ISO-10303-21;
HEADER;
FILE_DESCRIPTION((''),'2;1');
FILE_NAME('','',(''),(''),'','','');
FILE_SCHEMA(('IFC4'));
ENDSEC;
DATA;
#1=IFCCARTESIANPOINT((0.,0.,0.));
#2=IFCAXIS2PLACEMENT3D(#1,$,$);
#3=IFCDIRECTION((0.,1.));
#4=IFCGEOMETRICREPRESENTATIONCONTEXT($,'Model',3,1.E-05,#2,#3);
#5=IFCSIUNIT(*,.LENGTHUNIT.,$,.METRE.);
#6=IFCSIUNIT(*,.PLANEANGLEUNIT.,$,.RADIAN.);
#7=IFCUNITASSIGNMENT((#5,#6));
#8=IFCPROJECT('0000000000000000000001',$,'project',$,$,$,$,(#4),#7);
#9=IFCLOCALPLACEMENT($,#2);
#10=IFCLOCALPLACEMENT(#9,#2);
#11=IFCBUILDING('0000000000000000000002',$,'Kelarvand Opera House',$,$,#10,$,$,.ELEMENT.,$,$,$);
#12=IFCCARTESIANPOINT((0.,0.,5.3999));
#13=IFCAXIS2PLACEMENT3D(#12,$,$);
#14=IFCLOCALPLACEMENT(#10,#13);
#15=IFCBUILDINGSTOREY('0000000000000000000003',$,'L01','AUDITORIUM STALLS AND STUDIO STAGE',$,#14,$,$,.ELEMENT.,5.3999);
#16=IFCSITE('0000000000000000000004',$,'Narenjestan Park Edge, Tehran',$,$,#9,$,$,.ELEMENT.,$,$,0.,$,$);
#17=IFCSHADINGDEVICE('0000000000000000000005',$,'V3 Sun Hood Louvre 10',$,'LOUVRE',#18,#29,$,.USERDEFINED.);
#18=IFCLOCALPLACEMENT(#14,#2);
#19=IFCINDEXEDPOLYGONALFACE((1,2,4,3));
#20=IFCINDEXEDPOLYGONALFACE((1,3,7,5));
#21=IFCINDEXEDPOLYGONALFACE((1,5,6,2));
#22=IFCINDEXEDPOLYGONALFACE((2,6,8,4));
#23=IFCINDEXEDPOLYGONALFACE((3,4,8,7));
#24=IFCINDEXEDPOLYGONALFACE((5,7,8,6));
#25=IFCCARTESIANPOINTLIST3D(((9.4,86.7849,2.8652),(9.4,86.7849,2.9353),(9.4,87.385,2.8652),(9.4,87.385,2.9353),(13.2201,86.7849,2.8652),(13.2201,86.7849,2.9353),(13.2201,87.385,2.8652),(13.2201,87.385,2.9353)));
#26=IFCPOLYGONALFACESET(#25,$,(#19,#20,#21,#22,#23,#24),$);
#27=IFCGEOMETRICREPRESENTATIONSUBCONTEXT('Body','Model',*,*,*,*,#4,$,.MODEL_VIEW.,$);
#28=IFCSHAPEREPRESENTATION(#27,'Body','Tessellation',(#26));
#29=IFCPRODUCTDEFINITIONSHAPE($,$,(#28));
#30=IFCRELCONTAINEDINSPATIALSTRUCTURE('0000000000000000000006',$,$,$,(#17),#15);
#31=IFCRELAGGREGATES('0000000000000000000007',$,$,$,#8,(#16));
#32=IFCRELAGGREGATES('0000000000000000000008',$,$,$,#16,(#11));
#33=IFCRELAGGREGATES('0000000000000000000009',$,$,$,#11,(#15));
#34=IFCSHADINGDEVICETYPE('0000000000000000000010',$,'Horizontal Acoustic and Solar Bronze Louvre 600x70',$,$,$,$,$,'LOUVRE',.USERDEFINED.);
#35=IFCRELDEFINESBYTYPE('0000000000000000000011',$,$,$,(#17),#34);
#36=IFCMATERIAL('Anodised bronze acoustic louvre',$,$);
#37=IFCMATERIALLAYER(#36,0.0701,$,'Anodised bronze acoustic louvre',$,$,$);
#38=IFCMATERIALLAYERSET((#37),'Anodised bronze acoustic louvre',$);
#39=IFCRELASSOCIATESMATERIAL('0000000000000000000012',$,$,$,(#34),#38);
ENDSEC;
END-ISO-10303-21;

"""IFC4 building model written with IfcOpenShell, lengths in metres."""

from ifc_helpers import new_model, si_unit, direction, frame, origin, origin_2d, place, context, subcontext, project, spatial, rectangle, extrude, material, layer, layer_set, type_object, element, save


model = new_model("IFC4")

# Units and contexts
model_context = context("Model", 3, precision=1e-05, world=origin(), true_north=direction((0.0, 1.0)))
body_context = subcontext(model_context, "Body", "Model", "MODEL_VIEW")
ifc_project = project(units=[si_unit("LENGTHUNIT", "METRE"), si_unit("PLANEANGLEUNIT", "RADIAN")], contexts=[model_context])

# Site, building, storey
site_placement = place(None, origin())
site = spatial("IfcSite", under=ifc_project, at=site_placement, Name="Narenjestan Park Edge, Tehran", CompositionType="ELEMENT", RefElevation=0.0)
building_placement = place(site_placement, origin())
building = spatial("IfcBuilding", under=site, at=building_placement, Name="Kelarvand Opera House", CompositionType="ELEMENT")
storey_placement = place(building_placement, frame((0.0, 0.0, 5.3999)))
storey = spatial("IfcBuildingStorey", under=building, at=storey_placement, Name="L01", Description="AUDITORIUM STALLS AND STUDIO STAGE", CompositionType="ELEMENT", Elevation=5.3999)

# Shading device
ifc_material_1 = material(Name="Anodised bronze acoustic louvre")
ifc_layer_1 = layer(ifc_material_1, 0.0701, Name="Anodised bronze acoustic louvre")
ifc_layer_set_1 = layer_set([ifc_layer_1], Name="Anodised bronze acoustic louvre")
shading_device_type = type_object("IfcShadingDeviceType", Name="Horizontal Acoustic and Solar Bronze Louvre 600x70", ElementType="LOUVRE", PredefinedType="USERDEFINED", material=ifc_layer_set_1)
shading_device_placement = place(storey_placement, frame((11.3101, 87.085, 2.8652), z_axis=(0.0, 0.0, 1.0), x_axis=(-1.0, 0.0, 0.0)))
element("IfcShadingDevice", 1, at=shading_device_placement, inside=storey, type_object=shading_device_type, Name="V3 Sun Hood Louvre 10", ObjectType="LOUVRE", PredefinedType="USERDEFINED", context=body_context, shape_type="SweptSolid", body=[
    extrude(rectangle(XDim=3.8201, YDim=0.6001, at=origin_2d()), origin(), (0.0, 0.0, 1.0), 0.0701),
])

save(model, "model.ifc")
